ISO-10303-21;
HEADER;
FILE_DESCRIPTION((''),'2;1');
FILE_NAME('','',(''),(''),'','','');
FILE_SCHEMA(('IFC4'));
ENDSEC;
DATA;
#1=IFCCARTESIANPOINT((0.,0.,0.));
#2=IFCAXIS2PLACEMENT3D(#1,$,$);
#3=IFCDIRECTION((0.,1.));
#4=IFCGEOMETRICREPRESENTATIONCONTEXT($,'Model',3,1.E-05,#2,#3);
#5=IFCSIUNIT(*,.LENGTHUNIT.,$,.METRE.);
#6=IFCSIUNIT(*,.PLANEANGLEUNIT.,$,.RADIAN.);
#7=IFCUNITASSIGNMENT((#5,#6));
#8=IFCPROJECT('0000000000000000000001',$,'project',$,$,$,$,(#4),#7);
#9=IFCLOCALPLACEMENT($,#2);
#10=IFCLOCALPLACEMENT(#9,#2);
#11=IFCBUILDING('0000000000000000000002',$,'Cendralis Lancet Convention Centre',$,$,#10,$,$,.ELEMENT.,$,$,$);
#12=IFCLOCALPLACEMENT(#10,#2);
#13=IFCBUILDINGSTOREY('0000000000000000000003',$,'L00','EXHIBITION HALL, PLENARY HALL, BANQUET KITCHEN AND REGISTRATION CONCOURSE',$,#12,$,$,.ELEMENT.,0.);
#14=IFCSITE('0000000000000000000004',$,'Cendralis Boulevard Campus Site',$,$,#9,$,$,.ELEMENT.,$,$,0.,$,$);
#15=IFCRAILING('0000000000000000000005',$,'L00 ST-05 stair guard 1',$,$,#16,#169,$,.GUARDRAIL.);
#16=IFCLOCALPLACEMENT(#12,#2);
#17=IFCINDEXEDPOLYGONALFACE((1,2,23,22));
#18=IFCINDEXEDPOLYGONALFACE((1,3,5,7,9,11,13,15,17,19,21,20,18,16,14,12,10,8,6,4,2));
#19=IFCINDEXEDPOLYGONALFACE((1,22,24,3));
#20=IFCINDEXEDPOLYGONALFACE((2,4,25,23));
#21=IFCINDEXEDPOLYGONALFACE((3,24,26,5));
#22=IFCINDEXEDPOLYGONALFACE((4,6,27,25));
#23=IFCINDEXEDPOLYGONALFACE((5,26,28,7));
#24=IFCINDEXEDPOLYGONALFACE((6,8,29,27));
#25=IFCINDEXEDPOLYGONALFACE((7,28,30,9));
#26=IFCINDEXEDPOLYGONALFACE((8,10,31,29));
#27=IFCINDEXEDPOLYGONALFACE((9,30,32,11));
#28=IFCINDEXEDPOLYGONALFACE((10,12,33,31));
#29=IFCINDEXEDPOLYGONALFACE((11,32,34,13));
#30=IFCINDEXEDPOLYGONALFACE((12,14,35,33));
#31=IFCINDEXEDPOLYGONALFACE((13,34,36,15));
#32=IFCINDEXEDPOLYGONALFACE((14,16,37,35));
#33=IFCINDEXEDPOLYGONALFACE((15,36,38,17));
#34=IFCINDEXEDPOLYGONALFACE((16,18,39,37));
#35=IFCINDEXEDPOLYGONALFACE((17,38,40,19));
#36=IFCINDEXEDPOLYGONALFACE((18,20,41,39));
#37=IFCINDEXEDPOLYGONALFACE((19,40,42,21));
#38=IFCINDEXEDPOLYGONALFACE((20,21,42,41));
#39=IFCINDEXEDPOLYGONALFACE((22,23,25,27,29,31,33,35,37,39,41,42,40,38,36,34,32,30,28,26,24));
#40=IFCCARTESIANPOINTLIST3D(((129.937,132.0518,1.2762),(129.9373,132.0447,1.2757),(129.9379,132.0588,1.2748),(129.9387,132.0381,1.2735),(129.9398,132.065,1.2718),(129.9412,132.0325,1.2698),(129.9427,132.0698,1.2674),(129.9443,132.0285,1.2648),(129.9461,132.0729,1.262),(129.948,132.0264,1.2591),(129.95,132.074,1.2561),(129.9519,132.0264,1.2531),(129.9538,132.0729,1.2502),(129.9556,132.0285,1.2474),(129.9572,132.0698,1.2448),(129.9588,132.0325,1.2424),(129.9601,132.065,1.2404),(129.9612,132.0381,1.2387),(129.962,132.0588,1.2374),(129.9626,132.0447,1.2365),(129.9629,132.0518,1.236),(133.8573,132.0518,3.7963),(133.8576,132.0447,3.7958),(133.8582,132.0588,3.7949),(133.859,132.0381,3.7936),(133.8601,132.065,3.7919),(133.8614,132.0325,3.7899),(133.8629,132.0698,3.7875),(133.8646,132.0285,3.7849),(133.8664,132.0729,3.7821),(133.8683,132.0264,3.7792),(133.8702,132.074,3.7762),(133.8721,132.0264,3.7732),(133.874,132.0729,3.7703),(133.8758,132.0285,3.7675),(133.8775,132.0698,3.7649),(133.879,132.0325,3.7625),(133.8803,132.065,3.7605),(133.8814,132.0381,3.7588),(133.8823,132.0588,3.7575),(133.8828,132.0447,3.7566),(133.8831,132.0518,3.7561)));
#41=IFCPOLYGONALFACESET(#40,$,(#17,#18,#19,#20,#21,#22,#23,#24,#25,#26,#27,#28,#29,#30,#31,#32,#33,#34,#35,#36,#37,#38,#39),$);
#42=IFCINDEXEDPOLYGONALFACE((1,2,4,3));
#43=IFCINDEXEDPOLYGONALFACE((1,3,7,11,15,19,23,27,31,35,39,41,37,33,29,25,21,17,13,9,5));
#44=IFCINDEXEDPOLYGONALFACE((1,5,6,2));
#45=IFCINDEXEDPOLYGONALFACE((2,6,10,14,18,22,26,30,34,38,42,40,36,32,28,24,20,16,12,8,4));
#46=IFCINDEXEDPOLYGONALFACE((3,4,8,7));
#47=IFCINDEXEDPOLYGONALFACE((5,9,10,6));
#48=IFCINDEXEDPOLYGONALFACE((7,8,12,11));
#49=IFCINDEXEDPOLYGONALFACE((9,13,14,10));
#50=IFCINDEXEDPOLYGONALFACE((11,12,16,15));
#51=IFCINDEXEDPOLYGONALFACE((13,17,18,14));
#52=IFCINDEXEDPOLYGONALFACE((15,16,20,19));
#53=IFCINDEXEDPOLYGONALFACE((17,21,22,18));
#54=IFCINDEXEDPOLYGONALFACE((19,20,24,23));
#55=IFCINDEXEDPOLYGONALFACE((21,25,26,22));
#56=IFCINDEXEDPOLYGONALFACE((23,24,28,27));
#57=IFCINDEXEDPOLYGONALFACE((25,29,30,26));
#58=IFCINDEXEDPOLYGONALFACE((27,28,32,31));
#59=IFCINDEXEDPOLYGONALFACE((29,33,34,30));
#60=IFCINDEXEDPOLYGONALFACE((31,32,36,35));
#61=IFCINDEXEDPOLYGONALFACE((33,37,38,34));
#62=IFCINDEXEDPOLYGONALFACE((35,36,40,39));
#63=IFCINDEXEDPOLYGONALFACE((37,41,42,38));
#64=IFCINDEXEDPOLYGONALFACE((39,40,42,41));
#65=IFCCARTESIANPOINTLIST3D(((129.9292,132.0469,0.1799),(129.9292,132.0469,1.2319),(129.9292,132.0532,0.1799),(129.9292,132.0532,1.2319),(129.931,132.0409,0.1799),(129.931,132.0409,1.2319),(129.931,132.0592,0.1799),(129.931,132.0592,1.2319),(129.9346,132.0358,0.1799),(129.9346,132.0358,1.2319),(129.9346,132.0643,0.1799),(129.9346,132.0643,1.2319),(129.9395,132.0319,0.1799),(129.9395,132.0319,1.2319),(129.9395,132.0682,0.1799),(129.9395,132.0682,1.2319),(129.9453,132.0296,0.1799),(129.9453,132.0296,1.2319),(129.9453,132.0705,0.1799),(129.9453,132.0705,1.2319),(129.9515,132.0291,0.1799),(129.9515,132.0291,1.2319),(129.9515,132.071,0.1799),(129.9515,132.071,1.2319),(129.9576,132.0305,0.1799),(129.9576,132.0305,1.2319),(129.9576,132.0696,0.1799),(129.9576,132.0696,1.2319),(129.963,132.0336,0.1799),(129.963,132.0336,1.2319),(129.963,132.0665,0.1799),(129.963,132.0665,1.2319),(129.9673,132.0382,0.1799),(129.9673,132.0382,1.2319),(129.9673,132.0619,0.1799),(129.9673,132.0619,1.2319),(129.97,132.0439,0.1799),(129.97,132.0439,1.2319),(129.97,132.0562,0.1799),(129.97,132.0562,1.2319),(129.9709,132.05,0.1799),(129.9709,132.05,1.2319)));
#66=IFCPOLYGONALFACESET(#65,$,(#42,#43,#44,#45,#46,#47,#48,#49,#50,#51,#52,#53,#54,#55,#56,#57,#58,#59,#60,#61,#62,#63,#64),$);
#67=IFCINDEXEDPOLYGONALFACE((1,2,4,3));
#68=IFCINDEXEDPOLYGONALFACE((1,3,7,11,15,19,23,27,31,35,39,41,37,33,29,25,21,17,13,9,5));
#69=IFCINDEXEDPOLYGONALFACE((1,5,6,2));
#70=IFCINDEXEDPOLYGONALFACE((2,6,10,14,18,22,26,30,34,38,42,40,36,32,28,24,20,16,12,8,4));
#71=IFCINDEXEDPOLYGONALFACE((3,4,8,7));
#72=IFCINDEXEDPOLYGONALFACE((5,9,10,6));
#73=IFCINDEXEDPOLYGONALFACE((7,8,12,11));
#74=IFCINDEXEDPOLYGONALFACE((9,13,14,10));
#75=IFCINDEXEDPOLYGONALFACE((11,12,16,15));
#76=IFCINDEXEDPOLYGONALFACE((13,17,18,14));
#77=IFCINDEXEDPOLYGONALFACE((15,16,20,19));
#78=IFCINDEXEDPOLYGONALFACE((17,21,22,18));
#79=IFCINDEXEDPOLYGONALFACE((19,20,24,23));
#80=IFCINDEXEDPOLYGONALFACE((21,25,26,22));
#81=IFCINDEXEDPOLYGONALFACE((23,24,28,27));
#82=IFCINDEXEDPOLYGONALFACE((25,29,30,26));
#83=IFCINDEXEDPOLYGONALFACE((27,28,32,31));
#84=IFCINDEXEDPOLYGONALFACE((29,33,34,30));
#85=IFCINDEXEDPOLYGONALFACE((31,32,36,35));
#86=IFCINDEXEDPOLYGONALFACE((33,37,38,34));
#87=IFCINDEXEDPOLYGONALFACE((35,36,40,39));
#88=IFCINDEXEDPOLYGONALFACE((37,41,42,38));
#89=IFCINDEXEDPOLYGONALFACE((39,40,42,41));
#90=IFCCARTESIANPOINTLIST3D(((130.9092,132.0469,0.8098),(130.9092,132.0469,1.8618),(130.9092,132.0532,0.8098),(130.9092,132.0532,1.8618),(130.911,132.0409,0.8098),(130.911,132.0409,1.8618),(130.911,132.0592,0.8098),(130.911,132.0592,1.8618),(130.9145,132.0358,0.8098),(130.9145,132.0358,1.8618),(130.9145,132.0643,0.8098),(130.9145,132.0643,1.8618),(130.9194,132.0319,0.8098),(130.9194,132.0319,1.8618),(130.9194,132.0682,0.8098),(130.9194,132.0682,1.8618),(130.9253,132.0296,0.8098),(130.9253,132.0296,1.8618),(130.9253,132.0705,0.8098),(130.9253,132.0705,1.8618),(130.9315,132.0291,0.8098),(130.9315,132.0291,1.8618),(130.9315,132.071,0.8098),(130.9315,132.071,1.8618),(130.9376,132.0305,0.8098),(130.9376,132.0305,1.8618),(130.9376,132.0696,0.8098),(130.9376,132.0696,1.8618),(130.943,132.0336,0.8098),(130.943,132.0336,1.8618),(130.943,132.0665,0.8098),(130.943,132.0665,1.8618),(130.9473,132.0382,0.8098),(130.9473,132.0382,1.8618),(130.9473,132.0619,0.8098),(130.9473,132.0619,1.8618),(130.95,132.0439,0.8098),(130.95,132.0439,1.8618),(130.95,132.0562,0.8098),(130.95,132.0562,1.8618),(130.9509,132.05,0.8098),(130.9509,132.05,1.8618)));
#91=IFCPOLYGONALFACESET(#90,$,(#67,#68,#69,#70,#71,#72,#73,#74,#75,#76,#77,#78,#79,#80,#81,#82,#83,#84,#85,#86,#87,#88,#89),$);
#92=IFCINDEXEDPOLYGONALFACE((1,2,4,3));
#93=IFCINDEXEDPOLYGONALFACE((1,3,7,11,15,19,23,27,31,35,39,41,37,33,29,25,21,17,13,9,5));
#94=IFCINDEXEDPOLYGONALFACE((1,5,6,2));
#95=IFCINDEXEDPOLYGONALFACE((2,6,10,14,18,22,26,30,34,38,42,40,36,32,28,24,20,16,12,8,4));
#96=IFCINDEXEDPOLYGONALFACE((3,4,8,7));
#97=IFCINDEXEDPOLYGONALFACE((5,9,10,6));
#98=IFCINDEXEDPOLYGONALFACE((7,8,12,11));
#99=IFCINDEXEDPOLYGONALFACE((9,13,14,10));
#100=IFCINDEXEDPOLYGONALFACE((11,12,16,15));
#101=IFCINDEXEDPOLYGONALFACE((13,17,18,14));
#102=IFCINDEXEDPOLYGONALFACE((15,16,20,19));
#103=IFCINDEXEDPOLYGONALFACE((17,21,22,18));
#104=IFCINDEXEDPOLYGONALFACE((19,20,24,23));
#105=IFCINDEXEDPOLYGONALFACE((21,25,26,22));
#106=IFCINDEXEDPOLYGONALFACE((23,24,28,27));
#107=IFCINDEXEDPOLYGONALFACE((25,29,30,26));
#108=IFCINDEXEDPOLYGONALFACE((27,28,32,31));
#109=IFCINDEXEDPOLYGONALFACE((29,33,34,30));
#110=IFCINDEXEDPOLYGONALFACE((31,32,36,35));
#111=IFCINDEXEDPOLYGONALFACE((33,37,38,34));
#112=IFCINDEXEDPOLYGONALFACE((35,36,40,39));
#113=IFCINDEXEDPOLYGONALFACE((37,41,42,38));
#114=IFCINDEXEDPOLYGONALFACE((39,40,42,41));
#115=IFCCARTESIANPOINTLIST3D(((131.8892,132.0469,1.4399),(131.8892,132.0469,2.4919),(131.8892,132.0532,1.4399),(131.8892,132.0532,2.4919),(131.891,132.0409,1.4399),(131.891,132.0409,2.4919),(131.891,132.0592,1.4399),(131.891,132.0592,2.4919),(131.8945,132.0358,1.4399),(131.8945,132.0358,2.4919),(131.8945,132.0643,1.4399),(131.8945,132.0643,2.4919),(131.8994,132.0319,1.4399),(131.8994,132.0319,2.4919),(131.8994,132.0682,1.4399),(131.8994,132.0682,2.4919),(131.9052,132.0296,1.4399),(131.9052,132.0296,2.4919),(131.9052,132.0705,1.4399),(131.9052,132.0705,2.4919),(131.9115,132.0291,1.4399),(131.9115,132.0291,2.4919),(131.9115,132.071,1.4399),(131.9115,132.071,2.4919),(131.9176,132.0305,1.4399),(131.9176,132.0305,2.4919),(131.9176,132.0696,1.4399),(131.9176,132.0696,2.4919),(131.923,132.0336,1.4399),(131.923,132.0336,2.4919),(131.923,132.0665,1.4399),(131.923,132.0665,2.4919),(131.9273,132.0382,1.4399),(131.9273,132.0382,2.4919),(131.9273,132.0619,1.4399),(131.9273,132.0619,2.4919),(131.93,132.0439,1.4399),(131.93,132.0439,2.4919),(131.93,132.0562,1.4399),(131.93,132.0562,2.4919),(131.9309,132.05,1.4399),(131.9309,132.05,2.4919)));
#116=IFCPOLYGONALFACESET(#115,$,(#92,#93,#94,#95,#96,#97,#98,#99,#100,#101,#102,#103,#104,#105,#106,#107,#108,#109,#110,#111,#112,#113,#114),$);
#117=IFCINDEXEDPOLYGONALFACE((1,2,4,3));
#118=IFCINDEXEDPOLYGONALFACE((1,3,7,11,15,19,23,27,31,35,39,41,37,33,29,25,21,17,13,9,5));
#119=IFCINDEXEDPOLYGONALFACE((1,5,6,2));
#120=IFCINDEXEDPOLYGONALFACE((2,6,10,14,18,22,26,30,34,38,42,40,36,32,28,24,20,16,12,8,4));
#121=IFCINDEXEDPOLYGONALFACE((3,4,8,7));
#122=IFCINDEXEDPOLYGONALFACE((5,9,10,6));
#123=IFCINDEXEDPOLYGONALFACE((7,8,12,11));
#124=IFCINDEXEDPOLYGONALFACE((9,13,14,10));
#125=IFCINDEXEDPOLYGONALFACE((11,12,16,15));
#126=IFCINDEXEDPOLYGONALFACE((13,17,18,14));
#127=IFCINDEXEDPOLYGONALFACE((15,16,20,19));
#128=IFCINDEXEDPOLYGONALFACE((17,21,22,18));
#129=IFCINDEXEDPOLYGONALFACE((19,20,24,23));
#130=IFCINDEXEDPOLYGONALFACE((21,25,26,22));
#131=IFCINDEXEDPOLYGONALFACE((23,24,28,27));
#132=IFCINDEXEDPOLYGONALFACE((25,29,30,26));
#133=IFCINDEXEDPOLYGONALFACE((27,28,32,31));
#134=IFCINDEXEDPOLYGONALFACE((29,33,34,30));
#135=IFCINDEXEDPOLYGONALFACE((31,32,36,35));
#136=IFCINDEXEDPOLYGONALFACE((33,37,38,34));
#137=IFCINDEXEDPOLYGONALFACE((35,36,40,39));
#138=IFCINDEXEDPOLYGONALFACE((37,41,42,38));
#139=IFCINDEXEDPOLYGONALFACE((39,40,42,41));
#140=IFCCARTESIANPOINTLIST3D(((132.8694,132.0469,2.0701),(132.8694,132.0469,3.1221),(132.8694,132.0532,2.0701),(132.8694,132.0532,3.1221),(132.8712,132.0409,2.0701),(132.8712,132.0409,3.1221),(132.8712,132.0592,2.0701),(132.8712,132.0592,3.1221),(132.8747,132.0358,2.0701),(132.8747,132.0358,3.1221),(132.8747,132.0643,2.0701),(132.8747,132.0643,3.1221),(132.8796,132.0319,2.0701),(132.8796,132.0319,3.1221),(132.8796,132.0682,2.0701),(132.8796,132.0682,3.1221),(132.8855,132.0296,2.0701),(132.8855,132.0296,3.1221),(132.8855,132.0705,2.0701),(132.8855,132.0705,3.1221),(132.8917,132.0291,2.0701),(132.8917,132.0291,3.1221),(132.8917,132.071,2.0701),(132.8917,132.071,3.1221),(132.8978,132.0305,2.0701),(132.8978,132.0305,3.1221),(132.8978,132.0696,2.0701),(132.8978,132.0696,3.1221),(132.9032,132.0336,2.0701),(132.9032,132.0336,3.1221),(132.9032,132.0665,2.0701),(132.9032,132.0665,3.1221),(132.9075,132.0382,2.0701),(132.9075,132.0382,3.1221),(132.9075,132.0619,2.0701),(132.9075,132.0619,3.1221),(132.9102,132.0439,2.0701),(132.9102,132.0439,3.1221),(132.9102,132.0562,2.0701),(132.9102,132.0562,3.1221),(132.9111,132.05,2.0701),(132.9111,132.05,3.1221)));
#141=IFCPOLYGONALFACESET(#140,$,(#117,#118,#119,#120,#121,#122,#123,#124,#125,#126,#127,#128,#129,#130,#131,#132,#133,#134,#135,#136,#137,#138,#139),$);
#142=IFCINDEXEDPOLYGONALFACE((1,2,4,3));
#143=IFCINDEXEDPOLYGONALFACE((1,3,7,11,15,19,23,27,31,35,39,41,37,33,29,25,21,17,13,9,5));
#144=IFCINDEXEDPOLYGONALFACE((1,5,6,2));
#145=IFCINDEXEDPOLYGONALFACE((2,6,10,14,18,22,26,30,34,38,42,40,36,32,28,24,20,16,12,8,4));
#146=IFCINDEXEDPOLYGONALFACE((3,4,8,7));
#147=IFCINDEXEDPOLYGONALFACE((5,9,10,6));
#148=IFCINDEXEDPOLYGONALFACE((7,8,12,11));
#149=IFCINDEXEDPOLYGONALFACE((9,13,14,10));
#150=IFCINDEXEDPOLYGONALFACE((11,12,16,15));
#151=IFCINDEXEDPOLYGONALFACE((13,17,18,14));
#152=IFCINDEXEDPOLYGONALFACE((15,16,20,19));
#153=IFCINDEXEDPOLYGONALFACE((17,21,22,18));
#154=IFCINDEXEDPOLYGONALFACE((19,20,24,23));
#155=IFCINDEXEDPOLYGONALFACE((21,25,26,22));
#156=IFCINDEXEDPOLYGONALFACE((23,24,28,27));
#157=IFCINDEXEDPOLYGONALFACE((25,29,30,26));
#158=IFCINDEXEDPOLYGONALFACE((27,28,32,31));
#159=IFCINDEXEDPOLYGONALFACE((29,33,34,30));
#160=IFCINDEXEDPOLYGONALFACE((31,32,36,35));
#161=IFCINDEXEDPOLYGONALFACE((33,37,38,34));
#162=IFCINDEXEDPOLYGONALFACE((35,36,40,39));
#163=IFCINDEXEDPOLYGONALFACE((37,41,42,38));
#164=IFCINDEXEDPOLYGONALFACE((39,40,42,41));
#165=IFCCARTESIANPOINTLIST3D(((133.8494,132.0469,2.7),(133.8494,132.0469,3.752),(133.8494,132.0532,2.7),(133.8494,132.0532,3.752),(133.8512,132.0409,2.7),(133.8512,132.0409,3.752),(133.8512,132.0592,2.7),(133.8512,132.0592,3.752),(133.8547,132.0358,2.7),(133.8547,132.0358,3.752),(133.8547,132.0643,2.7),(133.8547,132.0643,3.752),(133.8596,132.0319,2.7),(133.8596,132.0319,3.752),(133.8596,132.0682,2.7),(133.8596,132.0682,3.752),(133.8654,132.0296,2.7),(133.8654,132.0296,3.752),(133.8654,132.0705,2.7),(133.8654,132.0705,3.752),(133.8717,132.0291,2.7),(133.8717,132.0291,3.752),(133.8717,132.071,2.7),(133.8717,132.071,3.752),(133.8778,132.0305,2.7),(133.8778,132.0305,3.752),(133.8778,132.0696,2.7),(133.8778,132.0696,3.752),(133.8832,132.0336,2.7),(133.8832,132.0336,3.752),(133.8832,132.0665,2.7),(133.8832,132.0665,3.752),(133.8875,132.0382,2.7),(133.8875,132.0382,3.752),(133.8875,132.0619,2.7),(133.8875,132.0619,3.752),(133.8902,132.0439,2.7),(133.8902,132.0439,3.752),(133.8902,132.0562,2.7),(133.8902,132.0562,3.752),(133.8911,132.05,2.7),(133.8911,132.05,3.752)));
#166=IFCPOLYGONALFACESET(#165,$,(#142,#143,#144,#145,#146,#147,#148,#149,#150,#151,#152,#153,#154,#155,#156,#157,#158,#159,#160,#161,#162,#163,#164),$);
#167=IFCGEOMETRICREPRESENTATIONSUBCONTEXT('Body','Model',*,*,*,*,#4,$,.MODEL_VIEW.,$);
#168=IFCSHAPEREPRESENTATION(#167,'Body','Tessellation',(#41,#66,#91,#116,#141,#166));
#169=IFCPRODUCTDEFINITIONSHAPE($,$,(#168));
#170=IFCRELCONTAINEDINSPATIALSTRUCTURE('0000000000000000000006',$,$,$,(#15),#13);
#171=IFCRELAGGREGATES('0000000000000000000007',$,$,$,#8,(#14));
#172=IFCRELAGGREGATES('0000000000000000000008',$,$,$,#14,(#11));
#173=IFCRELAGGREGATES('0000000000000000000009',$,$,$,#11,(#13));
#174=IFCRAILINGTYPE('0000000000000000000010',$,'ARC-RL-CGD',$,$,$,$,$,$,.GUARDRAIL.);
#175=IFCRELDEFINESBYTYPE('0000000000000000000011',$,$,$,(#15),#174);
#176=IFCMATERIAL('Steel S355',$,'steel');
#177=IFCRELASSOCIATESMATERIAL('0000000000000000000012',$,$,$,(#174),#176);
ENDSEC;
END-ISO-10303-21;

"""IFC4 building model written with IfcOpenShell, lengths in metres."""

from ifc_helpers import new_model, si_unit, direction, frame, origin, origin_2d, place, context, subcontext, project, spatial, circle, extrude, material, type_object, element, save


model = new_model("IFC4")

# Units and contexts
model_context = context("Model", 3, precision=1e-05, world=origin(), true_north=direction((0.0, 1.0)))
body_context = subcontext(model_context, "Body", "Model", "MODEL_VIEW")
ifc_project = project(units=[si_unit("LENGTHUNIT", "METRE"), si_unit("PLANEANGLEUNIT", "RADIAN")], contexts=[model_context])

# Site, building, storey
site_placement = place(None, origin())
site = spatial("IfcSite", under=ifc_project, at=site_placement, Name="Cendralis Boulevard Campus Site", CompositionType="ELEMENT", RefElevation=0.0)
building_placement = place(site_placement, origin())
building = spatial("IfcBuilding", under=site, at=building_placement, Name="Cendralis Lancet Convention Centre", CompositionType="ELEMENT")
storey_placement = place(building_placement, origin())
storey = spatial("IfcBuildingStorey", under=building, at=storey_placement, Name="L00", Description="EXHIBITION HALL, PLENARY HALL, BANQUET KITCHEN AND REGISTRATION CONCOURSE", CompositionType="ELEMENT", Elevation=0.0)

# Shared definitions
ifc_material_1 = material(Name="Steel S355", Category="steel")

# Railing
railing_type_1 = type_object("IfcRailingType", Name="ARC-RL-CGD", PredefinedType="GUARDRAIL", material=ifc_material_1)
railing_1_placement = place(storey_placement, frame((129.95, 132.05, 0.1799)))
element("IfcRailing", 1, at=railing_1_placement, inside=storey, type_object=railing_type_1, Name="L00 ST-05 stair guard 1", PredefinedType="GUARDRAIL", context=body_context, shape_type="SweptSolid", body=[
    extrude(circle(Radius=0.0239, at=origin_2d()), frame((0.0, 0.0, 1.0762), z_axis=(0.841187, 0.0, 0.540744), x_axis=(0.0, 1.0, 0.0)), (0.0, 0.0, 1.0), 4.6604),
    extrude(circle(Radius=0.021, at=origin_2d()), origin(), (0.0, 0.0, 1.0), 1.052),
    extrude(circle(Radius=0.021, at=origin_2d()), frame((0.98, 0.0, 0.6299)), (0.0, 0.0, 1.0), 1.052),
    extrude(circle(Radius=0.021, at=origin_2d()), frame((1.96, 0.0, 1.26)), (0.0, 0.0, 1.0), 1.052),
    extrude(circle(Radius=0.021, at=origin_2d()), frame((2.9402, 0.0, 1.8901)), (0.0, 0.0, 1.0), 1.052),
    extrude(circle(Radius=0.021, at=origin_2d()), frame((3.9202, 0.0, 2.52)), (0.0, 0.0, 1.0), 1.052),
])

save(model, "model.ifc")
